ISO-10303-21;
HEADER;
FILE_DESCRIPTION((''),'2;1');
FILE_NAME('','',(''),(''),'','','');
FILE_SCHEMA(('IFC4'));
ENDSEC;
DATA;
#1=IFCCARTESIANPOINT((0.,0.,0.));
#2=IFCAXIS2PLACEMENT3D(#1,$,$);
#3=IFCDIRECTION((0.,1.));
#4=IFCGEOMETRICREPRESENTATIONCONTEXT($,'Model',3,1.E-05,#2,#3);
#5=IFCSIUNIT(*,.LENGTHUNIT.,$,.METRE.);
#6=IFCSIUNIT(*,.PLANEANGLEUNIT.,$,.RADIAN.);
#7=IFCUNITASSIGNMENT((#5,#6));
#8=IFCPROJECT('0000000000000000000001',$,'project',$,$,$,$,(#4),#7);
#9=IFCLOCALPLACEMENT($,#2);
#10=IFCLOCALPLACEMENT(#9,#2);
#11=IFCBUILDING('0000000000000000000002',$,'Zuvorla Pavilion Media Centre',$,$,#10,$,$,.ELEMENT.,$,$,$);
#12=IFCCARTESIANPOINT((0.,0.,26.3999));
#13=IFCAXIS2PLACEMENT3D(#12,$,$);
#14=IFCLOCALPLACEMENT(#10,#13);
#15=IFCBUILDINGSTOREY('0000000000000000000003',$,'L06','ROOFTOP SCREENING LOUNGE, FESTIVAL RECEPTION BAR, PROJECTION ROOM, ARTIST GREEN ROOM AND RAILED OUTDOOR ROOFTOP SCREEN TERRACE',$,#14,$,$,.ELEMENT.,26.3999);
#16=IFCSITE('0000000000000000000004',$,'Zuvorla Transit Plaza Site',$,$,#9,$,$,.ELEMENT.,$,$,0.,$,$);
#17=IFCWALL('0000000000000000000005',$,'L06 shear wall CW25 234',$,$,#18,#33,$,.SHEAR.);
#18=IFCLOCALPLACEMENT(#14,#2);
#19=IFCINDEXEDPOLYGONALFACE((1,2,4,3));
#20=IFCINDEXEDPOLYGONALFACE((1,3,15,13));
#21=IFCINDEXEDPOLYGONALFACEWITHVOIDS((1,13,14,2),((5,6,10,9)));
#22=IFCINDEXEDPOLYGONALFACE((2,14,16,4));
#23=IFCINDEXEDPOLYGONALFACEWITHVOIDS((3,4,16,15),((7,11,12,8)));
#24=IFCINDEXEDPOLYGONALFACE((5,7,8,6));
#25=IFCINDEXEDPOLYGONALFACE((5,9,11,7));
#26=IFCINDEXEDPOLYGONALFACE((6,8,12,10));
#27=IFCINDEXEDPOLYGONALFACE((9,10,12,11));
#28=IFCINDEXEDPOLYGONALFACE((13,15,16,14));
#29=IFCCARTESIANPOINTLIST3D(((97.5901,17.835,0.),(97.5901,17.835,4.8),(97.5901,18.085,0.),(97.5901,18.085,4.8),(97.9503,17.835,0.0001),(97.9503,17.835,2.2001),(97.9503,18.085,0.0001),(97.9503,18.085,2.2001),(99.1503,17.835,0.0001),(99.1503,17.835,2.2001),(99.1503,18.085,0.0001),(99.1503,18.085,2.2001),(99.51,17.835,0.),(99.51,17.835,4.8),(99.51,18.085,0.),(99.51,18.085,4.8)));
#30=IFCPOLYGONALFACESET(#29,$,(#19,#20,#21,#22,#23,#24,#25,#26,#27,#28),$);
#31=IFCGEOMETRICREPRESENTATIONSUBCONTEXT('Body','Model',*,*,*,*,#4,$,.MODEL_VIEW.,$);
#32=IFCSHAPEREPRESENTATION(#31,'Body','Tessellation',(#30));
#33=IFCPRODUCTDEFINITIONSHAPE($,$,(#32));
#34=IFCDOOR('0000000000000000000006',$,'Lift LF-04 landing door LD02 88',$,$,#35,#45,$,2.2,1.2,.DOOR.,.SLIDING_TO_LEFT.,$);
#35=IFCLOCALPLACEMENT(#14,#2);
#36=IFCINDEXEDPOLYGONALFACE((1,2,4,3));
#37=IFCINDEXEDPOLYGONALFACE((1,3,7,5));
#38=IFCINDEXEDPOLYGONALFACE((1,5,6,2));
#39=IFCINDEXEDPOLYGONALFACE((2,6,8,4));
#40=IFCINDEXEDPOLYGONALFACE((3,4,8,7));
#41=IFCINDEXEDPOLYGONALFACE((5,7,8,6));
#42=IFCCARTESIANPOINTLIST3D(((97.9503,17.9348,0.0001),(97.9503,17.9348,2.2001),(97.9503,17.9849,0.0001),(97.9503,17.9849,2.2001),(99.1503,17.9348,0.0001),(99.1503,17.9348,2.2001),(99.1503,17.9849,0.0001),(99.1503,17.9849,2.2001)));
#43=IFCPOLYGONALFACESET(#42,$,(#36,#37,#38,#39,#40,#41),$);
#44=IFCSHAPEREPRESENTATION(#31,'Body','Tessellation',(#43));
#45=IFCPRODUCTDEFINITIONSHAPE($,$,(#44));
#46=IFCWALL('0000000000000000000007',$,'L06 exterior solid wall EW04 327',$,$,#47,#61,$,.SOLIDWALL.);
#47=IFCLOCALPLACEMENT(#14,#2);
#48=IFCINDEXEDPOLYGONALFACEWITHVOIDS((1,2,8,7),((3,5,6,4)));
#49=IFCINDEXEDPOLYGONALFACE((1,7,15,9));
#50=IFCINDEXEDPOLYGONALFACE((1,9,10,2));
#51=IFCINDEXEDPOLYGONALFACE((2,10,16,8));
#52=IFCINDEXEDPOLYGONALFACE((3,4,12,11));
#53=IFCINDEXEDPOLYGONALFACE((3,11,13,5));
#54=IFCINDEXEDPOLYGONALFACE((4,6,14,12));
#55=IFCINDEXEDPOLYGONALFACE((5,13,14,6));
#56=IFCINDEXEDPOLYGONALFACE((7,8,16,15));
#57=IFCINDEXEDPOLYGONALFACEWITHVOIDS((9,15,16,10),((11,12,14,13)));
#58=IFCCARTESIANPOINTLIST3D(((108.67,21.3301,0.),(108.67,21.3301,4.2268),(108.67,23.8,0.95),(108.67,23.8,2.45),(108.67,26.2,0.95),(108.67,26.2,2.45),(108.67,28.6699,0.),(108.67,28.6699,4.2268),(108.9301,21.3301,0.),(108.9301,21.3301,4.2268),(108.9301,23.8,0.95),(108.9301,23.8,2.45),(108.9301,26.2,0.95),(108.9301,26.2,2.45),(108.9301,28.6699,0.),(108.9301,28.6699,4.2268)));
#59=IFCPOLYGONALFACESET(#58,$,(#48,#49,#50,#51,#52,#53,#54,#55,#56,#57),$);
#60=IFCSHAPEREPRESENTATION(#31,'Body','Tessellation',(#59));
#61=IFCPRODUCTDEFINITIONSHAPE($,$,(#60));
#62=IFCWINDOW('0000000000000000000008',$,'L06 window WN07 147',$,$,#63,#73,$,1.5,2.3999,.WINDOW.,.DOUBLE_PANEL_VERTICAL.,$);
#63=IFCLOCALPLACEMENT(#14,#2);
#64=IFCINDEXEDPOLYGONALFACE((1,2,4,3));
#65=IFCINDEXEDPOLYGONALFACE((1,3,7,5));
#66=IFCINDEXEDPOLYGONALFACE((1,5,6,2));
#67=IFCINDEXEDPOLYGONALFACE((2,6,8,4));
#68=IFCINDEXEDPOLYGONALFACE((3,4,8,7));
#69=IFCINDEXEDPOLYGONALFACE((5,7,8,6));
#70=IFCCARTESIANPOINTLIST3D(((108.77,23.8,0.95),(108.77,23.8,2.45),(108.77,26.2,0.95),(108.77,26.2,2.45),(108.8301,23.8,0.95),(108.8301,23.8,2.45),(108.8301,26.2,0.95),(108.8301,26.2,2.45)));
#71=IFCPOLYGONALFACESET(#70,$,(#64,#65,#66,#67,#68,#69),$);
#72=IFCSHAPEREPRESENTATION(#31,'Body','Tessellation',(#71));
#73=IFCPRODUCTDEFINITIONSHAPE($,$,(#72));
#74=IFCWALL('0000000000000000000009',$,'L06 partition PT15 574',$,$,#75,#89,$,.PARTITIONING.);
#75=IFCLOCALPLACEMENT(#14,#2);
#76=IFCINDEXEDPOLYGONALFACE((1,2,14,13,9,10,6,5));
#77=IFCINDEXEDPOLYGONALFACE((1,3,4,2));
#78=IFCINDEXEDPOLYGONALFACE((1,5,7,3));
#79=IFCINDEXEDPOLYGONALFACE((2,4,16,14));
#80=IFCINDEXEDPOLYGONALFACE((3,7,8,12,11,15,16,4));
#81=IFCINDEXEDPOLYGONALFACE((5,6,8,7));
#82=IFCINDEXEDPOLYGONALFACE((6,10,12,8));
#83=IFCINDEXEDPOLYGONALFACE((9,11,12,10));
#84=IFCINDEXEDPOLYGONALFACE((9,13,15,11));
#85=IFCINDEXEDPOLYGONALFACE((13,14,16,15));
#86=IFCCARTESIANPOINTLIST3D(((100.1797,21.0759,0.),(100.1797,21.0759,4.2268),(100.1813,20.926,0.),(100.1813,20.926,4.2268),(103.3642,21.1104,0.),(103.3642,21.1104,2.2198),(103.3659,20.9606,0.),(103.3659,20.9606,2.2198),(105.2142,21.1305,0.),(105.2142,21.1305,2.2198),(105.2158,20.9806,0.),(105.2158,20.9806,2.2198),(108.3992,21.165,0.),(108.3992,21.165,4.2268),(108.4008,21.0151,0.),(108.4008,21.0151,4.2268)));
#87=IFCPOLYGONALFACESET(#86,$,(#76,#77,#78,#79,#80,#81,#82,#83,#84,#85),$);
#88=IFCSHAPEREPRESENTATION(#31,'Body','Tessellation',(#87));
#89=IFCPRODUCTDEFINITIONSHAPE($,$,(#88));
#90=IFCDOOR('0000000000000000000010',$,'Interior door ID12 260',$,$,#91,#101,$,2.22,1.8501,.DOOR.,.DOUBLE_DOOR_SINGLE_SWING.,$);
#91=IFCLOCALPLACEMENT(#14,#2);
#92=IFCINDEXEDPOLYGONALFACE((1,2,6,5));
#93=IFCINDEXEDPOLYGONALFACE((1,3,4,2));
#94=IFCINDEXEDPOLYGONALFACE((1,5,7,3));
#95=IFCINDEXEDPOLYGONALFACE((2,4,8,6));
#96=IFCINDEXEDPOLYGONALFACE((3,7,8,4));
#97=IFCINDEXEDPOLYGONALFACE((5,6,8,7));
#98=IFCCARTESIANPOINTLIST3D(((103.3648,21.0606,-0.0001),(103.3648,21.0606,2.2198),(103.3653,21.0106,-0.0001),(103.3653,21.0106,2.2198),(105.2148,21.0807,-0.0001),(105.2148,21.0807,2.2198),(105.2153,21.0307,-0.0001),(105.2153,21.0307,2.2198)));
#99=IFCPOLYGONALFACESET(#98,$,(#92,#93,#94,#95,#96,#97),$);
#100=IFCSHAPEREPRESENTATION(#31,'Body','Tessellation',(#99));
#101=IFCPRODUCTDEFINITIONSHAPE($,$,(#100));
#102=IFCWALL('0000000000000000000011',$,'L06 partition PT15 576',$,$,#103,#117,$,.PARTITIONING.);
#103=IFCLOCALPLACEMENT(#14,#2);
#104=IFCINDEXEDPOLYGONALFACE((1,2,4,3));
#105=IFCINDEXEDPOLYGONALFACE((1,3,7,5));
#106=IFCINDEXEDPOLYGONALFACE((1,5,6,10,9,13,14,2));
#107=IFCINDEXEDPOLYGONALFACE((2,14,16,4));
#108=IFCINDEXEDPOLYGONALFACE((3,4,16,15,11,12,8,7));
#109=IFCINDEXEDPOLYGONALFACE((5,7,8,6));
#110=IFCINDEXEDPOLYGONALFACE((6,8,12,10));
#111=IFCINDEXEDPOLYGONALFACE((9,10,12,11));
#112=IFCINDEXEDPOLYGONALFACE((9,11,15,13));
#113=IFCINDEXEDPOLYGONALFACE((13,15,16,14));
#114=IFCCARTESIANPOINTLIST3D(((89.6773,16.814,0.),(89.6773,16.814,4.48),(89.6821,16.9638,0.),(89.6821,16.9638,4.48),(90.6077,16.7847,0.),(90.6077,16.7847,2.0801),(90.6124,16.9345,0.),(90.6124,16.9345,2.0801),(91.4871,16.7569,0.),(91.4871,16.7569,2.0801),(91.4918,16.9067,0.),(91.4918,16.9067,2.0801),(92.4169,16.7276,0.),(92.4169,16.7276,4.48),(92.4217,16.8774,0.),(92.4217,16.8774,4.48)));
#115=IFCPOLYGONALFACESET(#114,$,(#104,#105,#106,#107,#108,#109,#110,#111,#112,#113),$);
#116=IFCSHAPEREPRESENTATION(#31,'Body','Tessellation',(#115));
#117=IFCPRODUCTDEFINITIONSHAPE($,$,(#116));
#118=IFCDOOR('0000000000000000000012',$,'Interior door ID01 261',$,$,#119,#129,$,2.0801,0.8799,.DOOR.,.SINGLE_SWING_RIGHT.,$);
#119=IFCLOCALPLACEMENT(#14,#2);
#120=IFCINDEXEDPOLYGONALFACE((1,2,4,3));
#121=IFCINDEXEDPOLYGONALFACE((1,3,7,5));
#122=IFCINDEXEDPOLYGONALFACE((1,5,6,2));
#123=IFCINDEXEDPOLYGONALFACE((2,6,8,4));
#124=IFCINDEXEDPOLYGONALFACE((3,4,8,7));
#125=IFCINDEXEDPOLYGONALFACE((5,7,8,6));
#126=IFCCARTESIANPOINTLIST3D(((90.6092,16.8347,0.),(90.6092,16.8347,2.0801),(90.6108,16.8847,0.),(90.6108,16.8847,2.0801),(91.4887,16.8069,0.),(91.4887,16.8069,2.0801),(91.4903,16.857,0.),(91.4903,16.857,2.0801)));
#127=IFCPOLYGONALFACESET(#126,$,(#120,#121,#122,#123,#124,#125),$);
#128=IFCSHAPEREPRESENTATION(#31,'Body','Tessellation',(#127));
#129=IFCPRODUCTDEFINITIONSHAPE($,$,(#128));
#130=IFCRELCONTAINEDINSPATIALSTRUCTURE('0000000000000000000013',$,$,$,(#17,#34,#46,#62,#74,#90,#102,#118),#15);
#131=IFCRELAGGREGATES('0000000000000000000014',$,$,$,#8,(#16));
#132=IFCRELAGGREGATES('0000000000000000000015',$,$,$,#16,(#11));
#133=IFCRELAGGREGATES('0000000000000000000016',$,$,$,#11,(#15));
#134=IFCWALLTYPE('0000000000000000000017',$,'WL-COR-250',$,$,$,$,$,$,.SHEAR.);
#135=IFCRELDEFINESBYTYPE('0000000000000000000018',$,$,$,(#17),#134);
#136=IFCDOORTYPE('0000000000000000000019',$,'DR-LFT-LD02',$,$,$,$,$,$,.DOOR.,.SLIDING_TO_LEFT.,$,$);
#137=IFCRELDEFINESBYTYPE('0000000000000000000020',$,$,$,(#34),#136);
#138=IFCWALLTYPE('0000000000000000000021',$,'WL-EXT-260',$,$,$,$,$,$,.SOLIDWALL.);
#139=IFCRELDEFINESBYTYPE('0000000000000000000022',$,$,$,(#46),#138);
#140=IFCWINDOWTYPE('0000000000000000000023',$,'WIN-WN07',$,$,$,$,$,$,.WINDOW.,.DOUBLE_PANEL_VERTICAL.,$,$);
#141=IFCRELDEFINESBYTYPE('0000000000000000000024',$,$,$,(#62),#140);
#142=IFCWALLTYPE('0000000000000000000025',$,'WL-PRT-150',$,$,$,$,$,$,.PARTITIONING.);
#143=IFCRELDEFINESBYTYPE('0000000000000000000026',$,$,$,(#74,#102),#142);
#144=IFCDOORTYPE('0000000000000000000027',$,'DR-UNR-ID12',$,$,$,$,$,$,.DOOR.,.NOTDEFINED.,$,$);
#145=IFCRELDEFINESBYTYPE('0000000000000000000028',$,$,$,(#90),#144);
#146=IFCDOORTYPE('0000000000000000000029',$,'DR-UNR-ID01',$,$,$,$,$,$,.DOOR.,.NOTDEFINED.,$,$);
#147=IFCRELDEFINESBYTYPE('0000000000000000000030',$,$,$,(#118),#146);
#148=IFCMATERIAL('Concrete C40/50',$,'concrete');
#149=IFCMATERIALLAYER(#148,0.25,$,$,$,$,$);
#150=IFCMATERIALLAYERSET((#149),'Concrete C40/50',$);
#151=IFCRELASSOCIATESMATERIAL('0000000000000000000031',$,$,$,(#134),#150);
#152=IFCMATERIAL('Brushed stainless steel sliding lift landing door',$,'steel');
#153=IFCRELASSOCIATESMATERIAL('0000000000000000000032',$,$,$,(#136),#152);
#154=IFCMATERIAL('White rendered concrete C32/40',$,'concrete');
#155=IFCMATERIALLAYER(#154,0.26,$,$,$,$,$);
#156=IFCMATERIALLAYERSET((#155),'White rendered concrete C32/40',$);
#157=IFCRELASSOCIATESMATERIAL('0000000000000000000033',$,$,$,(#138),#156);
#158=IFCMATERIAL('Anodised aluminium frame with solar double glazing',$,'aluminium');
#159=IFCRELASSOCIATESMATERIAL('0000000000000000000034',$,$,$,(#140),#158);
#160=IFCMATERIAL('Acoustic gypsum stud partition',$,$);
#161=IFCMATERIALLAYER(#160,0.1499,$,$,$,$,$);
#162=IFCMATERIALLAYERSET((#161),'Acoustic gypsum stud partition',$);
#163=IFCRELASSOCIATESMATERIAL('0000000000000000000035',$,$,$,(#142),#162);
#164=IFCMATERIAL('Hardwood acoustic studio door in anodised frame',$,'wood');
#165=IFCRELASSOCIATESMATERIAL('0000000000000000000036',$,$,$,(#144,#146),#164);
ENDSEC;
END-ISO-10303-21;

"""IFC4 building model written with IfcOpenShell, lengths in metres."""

from ifc_helpers import new_model, si_unit, direction, frame, frame_2d, origin, place, context, subcontext, project, spatial, rectangle, extrude, material, layer, layer_set, type_object, element, fill, save


model = new_model("IFC4")

# Units and contexts
model_context = context("Model", 3, precision=1e-05, world=origin(), true_north=direction((0.0, 1.0)))
body_context = subcontext(model_context, "Body", "Model", "MODEL_VIEW")
ifc_project = project(units=[si_unit("LENGTHUNIT", "METRE"), si_unit("PLANEANGLEUNIT", "RADIAN")], contexts=[model_context])

# Site, building, storey
site_placement = place(None, origin())
site = spatial("IfcSite", under=ifc_project, at=site_placement, Name="Zuvorla Transit Plaza Site", CompositionType="ELEMENT", RefElevation=0.0)
building_placement = place(site_placement, origin())
building = spatial("IfcBuilding", under=site, at=building_placement, Name="Zuvorla Pavilion Media Centre", CompositionType="ELEMENT")
storey_placement = place(building_placement, frame((0.0, 0.0, 26.3999)))
storey = spatial("IfcBuildingStorey", under=building, at=storey_placement, Name="L06", Description="ROOFTOP SCREENING LOUNGE, FESTIVAL RECEPTION BAR, PROJECTION ROOM, ARTIST GREEN ROOM AND RAILED OUTDOOR ROOFTOP SCREEN TERRACE", CompositionType="ELEMENT", Elevation=26.3999)

# Wall, opening, door
ifc_material_1 = material(Name="Concrete C40/50", Category="concrete")
ifc_layer_1 = layer(ifc_material_1, 0.25)
ifc_layer_set_1 = layer_set([ifc_layer_1], Name="Concrete C40/50")
wall_type_1 = type_object("IfcWallType", Name="WL-COR-250", PredefinedType="SHEAR", material=ifc_layer_set_1)
wall_1_placement = place(storey_placement, frame((97.5901, 17.96, 0.0), z_axis=(0.0, 0.0, 1.0), x_axis=(1.0, 0.0, 0.0)))
wall_1 = element("IfcWall", 1, at=wall_1_placement, inside=storey, type_object=wall_type_1, Name="L06 shear wall CW25 234", PredefinedType="SHEAR", context=body_context, shape_type="SweptSolid", body=[
    extrude(rectangle(XDim=1.9199, YDim=0.25, at=frame_2d((0.96, 0.0))), origin(), (0.0, 0.0, 1.0), 4.8),
])
opening_1_placement = place(wall_1_placement, frame((0.3601, 0.0, 0.0)))
opening_1 = element("IfcOpeningElement", 2, at=opening_1_placement, cuts=wall_1, PredefinedType="OPENING", context=body_context, shape_type="SweptSolid", body=[
    extrude(rectangle(XDim=1.2, YDim=2.2, at=frame_2d((0.6001, 1.1001))), frame((0.0, 0.135, 0.0), z_axis=(0.0, -1.0, 0.0), x_axis=(1.0, 0.0, 0.0)), (0.0, 0.0, 1.0), 0.27),
])
ifc_material_2 = material(Name="Brushed stainless steel sliding lift landing door", Category="steel")
door_type_1 = type_object("IfcDoorType", Name="DR-LFT-LD02", OperationType="SLIDING_TO_LEFT", PredefinedType="DOOR", material=ifc_material_2)
door_1_placement = place(opening_1_placement, origin())
door_1 = element("IfcDoor", 3, at=door_1_placement, inside=storey, type_object=door_type_1, Name="Lift LF-04 landing door LD02 88", OperationType="SLIDING_TO_LEFT", OverallHeight=2.2, OverallWidth=1.2, PredefinedType="DOOR", context=body_context, shape_type="SweptSolid", body=[
    extrude(rectangle(XDim=1.2, YDim=2.2, at=frame_2d((0.6001, 1.1001))), frame((0.0, 0.0249, 0.0), z_axis=(0.0, -1.0, 0.0), x_axis=(1.0, 0.0, 0.0)), (0.0, 0.0, 1.0), 0.05),
])
fill(opening_1, door_1)

# Wall, opening, window
ifc_material_3 = material(Name="White rendered concrete C32/40", Category="concrete")
ifc_layer_2 = layer(ifc_material_3, 0.26)
ifc_layer_set_2 = layer_set([ifc_layer_2], Name="White rendered concrete C32/40")
wall_type_2 = type_object("IfcWallType", Name="WL-EXT-260", PredefinedType="SOLIDWALL", material=ifc_layer_set_2)
wall_2_placement = place(storey_placement, frame((108.8, 21.3301, 0.0), z_axis=(0.0, 0.0, 1.0), x_axis=(0.0, 1.0, 0.0)))
wall_2 = element("IfcWall", 4, at=wall_2_placement, inside=storey, type_object=wall_type_2, Name="L06 exterior solid wall EW04 327", PredefinedType="SOLIDWALL", context=body_context, shape_type="SweptSolid", body=[
    extrude(rectangle(XDim=7.3398, YDim=0.26, at=frame_2d((3.6699, 0.0))), origin(), (0.0, 0.0, 1.0), 4.2268),
])
opening_2_placement = place(wall_2_placement, frame((2.47, 0.0, 0.95)))
opening_2 = element("IfcOpeningElement", 5, at=opening_2_placement, cuts=wall_2, PredefinedType="OPENING", context=body_context, shape_type="SweptSolid", body=[
    extrude(rectangle(XDim=2.3999, YDim=1.5, at=frame_2d((1.2, 0.75))), frame((0.0, 0.1399, 0.0), z_axis=(0.0, -1.0, 0.0), x_axis=(1.0, 0.0, 0.0)), (0.0, 0.0, 1.0), 0.28),
])
ifc_material_4 = material(Name="Anodised aluminium frame with solar double glazing", Category="aluminium")
window_type = type_object("IfcWindowType", Name="WIN-WN07", PartitioningType="DOUBLE_PANEL_VERTICAL", PredefinedType="WINDOW", material=ifc_material_4)
window_placement = place(opening_2_placement, origin())
window = element("IfcWindow", 6, at=window_placement, inside=storey, type_object=window_type, Name="L06 window WN07 147", OverallHeight=1.5, OverallWidth=2.3999, PartitioningType="DOUBLE_PANEL_VERTICAL", PredefinedType="WINDOW", context=body_context, shape_type="SweptSolid", body=[
    extrude(rectangle(XDim=2.3999, YDim=1.5, at=frame_2d((1.2, 0.75))), frame((0.0, 0.03, 0.0), z_axis=(0.0, -1.0, 0.0), x_axis=(1.0, 0.0, 0.0)), (0.0, 0.0, 1.0), 0.0601),
])
fill(opening_2, window)

# Walls, openings, doors
ifc_material_5 = material(Name="Acoustic gypsum stud partition")
ifc_layer_3 = layer(ifc_material_5, 0.1499)
ifc_layer_set_3 = layer_set([ifc_layer_3], Name="Acoustic gypsum stud partition")
wall_type_3 = type_object("IfcWallType", Name="WL-PRT-150", PredefinedType="PARTITIONING", material=ifc_layer_set_3)
wall_3_placement = place(storey_placement, frame((108.3999, 21.0901, 0.0), z_axis=(0.0, 0.0, 1.0), x_axis=(-0.999941, -0.010841, 0.0)))
wall_3 = element("IfcWall", 7, at=wall_3_placement, inside=storey, type_object=wall_type_3, Name="L06 partition PT15 574", PredefinedType="PARTITIONING", context=body_context, shape_type="SweptSolid", body=[
    extrude(rectangle(XDim=8.22, YDim=0.1499, at=frame_2d((4.1099, 0.0))), origin(), (0.0, 0.0, 1.0), 4.2268),
])
opening_3_placement = place(wall_3_placement, frame((3.1851, 0.0, 0.0)))
opening_3 = element("IfcOpeningElement", 8, at=opening_3_placement, cuts=wall_3, PredefinedType="OPENING", context=body_context, shape_type="SweptSolid", body=[
    extrude(rectangle(XDim=1.8501, YDim=2.22, at=frame_2d((0.925, 1.1099))), frame((0.0, 0.085, 0.0), z_axis=(0.0, -1.0, 0.0), x_axis=(1.0, 0.0, 0.0)), (0.0, 0.0, 1.0), 0.1699),
])
ifc_material_6 = material(Name="Hardwood acoustic studio door in anodised frame", Category="wood")
door_type_2 = type_object("IfcDoorType", Name="DR-UNR-ID12", OperationType="NOTDEFINED", PredefinedType="DOOR", material=ifc_material_6)
door_2_placement = place(opening_3_placement, origin())
door_2 = element("IfcDoor", 9, at=door_2_placement, inside=storey, type_object=door_type_2, Name="Interior door ID12 260", OperationType="DOUBLE_DOOR_SINGLE_SWING", OverallHeight=2.22, OverallWidth=1.8501, PredefinedType="DOOR", context=body_context, shape_type="SweptSolid", body=[
    extrude(rectangle(XDim=1.8501, YDim=2.22, at=frame_2d((0.925, 1.1099))), frame((0.0, 0.0249, 0.0), z_axis=(0.0, -1.0, 0.0), x_axis=(1.0, 0.0, 0.0)), (0.0, 0.0, 1.0), 0.05),
])
fill(opening_3, door_2)
wall_4_placement = place(storey_placement, frame((92.4194, 16.8025, 0.0), z_axis=(0.0, 0.0, 1.0), x_axis=(-0.999503, 0.031532, 0.0)))
wall_4 = element("IfcWall", 10, at=wall_4_placement, inside=storey, type_object=wall_type_3, Name="L06 partition PT15 576", PredefinedType="PARTITIONING", context=body_context, shape_type="SweptSolid", body=[
    extrude(rectangle(XDim=2.741, YDim=0.1499, at=frame_2d((1.3706, 0.0))), origin(), (0.0, 0.0, 1.0), 4.48),
])
opening_4_placement = place(wall_4_placement, frame((0.9304, 0.0, 0.0)))
opening_4 = element("IfcOpeningElement", 11, at=opening_4_placement, cuts=wall_4, PredefinedType="OPENING", context=body_context, shape_type="SweptSolid", body=[
    extrude(rectangle(XDim=0.8799, YDim=2.0801, at=frame_2d((0.4399, 1.04))), frame((0.0, 0.085, 0.0), z_axis=(0.0, -1.0, 0.0), x_axis=(1.0, 0.0, 0.0)), (0.0, 0.0, 1.0), 0.1699),
])
door_type_3 = type_object("IfcDoorType", Name="DR-UNR-ID01", OperationType="NOTDEFINED", PredefinedType="DOOR", material=ifc_material_6)
door_3_placement = place(opening_4_placement, origin())
door_3 = element("IfcDoor", 12, at=door_3_placement, inside=storey, type_object=door_type_3, Name="Interior door ID01 261", OperationType="SINGLE_SWING_RIGHT", OverallHeight=2.0801, OverallWidth=0.8799, PredefinedType="DOOR", context=body_context, shape_type="SweptSolid", body=[
    extrude(rectangle(XDim=0.8799, YDim=2.0801, at=frame_2d((0.4399, 1.04))), frame((0.0, 0.0249, 0.0), z_axis=(0.0, -1.0, 0.0), x_axis=(1.0, 0.0, 0.0)), (0.0, 0.0, 1.0), 0.05),
])
fill(opening_4, door_3)

save(model, "model.ifc")
